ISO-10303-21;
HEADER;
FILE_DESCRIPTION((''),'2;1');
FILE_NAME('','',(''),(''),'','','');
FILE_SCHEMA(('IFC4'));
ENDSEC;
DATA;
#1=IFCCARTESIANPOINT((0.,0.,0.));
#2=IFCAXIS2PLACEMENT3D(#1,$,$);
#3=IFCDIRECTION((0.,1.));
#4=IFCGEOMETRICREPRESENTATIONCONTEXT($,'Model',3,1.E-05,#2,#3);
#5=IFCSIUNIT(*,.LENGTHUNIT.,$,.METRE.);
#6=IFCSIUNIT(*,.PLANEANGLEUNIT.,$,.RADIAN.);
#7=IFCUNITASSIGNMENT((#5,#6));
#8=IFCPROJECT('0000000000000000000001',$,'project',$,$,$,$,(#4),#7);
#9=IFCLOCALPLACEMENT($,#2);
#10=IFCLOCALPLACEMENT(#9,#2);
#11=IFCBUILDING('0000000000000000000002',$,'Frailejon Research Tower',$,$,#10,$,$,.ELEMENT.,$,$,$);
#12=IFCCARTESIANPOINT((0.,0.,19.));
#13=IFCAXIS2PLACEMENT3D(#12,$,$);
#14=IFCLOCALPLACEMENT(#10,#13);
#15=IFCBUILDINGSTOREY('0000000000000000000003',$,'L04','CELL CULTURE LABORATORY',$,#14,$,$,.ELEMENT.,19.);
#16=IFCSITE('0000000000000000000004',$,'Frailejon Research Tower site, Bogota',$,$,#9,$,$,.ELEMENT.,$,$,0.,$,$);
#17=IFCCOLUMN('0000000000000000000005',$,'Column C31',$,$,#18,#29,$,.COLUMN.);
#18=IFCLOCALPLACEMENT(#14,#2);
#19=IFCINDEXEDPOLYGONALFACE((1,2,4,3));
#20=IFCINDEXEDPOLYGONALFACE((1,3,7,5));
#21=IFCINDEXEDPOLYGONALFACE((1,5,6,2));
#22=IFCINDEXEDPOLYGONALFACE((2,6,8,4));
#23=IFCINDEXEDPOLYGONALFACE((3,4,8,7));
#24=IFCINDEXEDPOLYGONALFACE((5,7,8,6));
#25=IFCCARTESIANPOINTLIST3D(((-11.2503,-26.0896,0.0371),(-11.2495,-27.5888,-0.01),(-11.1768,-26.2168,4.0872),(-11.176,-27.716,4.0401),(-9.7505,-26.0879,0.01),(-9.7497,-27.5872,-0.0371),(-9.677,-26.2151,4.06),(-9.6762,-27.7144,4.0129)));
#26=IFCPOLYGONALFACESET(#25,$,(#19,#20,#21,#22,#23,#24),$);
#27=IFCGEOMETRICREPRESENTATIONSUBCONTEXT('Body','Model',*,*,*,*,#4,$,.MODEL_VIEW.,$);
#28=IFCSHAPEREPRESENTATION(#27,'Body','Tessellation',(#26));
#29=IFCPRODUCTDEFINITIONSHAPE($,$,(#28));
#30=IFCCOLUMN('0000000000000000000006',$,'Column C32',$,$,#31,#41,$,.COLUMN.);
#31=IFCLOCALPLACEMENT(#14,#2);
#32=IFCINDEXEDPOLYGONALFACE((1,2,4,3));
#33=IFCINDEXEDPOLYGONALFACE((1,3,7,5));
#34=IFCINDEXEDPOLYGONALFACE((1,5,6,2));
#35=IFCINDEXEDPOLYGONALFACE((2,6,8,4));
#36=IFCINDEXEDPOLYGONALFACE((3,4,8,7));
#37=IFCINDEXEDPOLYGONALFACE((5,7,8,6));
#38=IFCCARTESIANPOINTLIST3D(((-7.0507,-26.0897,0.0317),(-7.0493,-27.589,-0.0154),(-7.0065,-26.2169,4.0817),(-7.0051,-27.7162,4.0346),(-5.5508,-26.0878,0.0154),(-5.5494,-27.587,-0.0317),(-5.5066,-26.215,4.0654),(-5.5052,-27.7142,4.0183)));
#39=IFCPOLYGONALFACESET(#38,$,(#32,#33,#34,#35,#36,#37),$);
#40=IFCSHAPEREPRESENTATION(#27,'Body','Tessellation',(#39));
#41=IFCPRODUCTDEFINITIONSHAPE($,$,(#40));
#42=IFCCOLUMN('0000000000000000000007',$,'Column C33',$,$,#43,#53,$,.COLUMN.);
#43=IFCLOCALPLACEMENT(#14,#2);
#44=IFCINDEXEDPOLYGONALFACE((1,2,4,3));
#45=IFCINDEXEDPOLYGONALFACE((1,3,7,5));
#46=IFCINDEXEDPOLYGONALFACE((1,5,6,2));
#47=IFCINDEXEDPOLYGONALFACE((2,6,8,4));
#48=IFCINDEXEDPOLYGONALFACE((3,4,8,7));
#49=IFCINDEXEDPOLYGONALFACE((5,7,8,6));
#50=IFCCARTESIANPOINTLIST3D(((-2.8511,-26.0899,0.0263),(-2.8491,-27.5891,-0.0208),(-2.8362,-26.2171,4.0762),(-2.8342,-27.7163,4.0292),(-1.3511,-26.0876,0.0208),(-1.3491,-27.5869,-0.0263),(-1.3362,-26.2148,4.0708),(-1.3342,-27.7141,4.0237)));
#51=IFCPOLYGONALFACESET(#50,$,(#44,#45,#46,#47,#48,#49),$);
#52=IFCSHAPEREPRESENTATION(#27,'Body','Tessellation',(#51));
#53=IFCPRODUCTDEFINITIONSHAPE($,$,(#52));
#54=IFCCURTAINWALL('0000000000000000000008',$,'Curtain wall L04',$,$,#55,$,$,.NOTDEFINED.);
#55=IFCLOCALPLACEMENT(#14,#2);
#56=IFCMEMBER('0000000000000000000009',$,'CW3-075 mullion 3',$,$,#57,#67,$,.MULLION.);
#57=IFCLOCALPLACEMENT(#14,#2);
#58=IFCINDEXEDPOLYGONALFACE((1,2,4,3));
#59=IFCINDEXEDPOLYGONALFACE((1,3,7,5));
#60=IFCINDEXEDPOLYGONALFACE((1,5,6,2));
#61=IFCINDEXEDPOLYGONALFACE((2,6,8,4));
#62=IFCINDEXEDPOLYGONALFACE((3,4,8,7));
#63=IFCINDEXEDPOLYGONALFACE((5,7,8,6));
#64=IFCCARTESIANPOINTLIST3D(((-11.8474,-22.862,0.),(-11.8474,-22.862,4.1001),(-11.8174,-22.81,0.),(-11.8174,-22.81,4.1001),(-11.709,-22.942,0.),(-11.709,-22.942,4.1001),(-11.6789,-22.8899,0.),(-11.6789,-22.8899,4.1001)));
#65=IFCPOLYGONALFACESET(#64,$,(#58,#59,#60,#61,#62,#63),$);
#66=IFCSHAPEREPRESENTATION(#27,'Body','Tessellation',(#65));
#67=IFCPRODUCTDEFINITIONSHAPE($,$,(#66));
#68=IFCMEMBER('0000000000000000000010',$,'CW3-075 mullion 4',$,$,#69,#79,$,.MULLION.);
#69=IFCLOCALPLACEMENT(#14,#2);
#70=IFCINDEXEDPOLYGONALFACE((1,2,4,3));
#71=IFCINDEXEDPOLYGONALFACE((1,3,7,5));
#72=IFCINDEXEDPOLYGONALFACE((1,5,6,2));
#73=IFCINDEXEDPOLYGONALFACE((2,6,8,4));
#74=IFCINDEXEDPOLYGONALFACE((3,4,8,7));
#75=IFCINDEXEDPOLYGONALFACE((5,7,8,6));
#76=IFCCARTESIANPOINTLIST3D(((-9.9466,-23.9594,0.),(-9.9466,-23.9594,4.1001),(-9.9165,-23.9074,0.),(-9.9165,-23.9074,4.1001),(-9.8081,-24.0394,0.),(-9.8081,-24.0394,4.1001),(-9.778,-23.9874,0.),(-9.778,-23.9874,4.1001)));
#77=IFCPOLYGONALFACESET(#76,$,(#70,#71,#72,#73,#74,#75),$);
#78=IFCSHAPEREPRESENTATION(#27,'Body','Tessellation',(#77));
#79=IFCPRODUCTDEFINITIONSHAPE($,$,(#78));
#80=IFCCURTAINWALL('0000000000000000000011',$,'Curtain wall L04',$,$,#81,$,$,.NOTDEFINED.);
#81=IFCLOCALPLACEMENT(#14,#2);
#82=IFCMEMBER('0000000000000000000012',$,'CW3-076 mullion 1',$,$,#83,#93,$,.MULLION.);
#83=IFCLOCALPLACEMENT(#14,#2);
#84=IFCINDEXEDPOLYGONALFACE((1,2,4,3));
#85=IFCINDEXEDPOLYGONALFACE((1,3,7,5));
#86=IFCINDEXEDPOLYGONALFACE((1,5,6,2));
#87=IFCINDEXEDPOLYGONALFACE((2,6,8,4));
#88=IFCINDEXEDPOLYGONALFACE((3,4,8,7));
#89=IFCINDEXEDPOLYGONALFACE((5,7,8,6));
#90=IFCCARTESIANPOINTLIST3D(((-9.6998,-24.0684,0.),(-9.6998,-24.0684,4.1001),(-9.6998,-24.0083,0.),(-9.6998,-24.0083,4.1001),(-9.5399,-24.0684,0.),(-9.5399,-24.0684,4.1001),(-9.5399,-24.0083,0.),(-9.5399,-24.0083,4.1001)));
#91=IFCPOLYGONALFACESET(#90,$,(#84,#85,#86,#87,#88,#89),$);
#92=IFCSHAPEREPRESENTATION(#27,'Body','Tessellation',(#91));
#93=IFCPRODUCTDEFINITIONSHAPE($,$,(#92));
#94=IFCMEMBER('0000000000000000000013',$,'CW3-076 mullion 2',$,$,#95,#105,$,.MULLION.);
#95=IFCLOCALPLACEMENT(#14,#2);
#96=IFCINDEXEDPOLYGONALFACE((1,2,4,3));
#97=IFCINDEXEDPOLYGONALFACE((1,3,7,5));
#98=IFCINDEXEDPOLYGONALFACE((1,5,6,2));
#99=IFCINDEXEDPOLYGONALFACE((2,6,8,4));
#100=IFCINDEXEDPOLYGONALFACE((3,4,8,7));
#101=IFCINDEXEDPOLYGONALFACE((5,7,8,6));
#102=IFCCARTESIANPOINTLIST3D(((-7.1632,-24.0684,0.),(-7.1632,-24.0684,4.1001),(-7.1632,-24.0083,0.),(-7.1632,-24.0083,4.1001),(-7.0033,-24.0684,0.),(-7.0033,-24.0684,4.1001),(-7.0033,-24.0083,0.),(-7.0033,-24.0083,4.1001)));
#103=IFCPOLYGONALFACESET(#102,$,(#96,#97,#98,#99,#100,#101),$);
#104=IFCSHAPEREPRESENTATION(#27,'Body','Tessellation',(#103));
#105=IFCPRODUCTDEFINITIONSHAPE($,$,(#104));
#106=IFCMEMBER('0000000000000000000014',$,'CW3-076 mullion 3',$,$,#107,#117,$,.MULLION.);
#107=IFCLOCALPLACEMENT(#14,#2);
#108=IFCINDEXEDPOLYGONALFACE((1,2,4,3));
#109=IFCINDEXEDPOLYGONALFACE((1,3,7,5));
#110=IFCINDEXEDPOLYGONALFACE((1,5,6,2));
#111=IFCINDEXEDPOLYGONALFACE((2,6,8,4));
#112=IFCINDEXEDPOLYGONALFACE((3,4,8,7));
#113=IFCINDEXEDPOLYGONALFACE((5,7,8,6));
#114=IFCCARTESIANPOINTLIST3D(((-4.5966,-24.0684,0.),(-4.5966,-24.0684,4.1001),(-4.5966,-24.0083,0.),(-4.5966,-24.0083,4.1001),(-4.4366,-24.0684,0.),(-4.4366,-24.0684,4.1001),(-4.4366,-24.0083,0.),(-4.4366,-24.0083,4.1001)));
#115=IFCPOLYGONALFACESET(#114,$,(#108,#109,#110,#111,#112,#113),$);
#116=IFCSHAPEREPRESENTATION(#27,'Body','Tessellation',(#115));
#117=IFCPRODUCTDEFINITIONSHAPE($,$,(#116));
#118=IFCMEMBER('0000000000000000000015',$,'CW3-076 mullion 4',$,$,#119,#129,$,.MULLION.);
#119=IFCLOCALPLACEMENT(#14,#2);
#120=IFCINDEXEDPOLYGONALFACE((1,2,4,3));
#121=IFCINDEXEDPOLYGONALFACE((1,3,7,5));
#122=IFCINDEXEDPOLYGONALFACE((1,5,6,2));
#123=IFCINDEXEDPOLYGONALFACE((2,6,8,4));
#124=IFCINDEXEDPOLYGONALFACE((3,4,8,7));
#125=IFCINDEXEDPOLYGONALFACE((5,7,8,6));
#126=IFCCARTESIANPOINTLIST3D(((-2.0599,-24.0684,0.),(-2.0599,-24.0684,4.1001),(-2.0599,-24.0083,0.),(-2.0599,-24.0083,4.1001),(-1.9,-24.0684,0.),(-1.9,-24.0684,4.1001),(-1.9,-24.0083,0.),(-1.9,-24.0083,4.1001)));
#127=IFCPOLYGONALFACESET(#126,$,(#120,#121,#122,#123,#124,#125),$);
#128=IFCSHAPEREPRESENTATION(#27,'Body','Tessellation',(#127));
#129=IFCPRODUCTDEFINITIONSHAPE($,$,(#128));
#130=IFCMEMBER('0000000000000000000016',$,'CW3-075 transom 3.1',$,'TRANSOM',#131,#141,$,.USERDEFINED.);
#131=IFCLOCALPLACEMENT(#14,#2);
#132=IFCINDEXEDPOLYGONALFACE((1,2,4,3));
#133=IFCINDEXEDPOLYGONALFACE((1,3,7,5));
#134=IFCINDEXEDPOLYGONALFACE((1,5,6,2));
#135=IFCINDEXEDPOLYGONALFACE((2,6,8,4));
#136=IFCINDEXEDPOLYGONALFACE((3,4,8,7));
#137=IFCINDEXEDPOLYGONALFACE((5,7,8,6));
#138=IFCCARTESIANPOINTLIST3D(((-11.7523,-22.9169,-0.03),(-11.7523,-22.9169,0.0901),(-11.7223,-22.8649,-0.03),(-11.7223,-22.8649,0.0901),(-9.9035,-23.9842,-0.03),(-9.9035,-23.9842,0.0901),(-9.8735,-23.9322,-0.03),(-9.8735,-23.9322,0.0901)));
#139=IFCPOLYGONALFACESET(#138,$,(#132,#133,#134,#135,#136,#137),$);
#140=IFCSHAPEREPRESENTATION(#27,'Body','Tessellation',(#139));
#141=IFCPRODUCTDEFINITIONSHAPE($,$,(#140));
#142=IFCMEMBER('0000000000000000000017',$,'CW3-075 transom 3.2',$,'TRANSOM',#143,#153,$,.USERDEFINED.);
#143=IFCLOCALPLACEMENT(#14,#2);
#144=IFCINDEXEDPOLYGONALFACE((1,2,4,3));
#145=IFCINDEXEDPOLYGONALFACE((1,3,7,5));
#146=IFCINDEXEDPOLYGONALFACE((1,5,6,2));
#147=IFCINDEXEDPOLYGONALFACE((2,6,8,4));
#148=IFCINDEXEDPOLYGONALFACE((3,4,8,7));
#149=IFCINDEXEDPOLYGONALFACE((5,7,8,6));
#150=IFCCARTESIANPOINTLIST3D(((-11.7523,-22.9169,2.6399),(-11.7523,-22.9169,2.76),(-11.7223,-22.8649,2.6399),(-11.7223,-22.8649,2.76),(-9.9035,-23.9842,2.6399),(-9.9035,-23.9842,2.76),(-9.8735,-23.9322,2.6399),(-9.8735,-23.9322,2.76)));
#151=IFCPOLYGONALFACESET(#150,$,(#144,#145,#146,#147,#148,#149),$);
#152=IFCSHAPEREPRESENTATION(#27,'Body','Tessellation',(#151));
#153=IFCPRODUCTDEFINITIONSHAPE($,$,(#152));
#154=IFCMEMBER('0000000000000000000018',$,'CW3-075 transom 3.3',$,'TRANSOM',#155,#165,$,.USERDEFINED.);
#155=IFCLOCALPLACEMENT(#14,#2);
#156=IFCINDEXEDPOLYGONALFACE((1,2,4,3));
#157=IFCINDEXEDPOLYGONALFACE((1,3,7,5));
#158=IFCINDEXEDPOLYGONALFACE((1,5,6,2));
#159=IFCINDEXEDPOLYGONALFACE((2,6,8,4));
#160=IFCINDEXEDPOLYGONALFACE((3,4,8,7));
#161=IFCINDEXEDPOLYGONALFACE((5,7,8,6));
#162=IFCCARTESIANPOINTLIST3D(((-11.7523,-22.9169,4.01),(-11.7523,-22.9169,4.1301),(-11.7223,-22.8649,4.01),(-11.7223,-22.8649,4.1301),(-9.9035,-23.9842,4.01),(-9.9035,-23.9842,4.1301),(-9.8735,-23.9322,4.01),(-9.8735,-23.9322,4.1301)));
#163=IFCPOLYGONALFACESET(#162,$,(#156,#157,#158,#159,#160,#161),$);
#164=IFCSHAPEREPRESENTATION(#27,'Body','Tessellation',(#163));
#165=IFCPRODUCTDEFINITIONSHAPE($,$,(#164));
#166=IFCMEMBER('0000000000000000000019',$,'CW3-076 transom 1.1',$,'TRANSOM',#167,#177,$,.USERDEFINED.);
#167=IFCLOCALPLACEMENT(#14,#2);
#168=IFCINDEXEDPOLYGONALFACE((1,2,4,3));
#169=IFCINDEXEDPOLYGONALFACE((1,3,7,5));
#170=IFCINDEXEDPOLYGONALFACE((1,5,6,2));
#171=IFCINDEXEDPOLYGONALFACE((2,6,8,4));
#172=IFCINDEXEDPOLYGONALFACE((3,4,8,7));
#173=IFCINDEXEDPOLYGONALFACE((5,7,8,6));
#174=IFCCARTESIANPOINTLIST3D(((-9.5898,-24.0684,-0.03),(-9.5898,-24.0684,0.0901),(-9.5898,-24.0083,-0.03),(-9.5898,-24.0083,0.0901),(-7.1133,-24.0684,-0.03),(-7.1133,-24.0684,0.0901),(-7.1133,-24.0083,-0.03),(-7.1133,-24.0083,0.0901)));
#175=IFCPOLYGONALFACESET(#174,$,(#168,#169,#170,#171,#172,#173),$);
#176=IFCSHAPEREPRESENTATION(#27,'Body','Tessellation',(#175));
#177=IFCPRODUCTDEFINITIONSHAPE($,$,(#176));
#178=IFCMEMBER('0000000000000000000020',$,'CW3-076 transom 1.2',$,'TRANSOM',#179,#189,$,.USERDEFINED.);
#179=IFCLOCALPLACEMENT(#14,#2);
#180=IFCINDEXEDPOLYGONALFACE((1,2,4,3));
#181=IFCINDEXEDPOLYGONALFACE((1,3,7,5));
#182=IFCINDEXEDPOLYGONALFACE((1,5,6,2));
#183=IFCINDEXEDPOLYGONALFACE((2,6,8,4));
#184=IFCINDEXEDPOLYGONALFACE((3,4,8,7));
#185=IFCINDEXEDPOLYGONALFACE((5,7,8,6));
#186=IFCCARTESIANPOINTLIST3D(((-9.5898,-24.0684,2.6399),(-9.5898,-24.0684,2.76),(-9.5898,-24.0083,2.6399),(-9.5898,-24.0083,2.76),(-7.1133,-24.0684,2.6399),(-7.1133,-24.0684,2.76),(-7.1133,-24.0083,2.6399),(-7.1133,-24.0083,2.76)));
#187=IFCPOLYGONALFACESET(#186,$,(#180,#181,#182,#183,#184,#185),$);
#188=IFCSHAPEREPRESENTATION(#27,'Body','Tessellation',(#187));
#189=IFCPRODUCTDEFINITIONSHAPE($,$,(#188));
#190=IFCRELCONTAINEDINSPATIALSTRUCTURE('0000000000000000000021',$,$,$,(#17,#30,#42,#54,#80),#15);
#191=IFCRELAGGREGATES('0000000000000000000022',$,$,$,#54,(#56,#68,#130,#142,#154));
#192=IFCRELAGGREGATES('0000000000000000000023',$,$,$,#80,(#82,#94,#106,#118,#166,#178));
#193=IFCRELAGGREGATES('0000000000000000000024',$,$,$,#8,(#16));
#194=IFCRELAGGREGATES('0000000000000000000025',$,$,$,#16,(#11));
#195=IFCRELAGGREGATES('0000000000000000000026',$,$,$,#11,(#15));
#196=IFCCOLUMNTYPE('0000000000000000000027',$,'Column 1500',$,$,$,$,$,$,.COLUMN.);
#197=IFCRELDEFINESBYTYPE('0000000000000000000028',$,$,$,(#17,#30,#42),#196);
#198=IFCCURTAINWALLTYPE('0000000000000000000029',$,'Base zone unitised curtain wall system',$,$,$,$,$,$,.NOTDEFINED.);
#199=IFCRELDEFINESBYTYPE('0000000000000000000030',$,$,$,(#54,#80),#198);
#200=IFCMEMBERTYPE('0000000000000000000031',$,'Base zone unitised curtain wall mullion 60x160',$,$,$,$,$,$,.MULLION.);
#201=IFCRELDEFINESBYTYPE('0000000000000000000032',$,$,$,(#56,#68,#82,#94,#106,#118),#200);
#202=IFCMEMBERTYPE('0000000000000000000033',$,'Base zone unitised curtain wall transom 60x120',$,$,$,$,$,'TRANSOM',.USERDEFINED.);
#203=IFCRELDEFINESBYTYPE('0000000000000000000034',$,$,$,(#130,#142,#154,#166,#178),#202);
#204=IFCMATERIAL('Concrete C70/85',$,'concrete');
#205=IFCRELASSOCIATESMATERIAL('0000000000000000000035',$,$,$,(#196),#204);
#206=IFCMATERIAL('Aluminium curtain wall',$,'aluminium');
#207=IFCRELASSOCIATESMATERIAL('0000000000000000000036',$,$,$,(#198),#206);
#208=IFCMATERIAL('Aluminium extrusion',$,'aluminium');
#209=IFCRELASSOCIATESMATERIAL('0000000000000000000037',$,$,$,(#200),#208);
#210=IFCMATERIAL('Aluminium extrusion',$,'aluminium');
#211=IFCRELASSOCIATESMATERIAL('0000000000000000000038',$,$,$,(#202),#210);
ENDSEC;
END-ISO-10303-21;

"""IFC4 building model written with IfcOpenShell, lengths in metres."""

from ifc_helpers import new_model, si_unit, direction, frame, origin, origin_2d, place, context, subcontext, project, spatial, rectangle, extrude, material, material_profile, profile_set, type_object, element, aggregate, save


model = new_model("IFC4")

# Units and contexts
model_context = context("Model", 3, precision=1e-05, world=origin(), true_north=direction((0.0, 1.0)))
body_context = subcontext(model_context, "Body", "Model", "MODEL_VIEW")
ifc_project = project(units=[si_unit("LENGTHUNIT", "METRE"), si_unit("PLANEANGLEUNIT", "RADIAN")], contexts=[model_context])

# Site, building, storey
site_placement = place(None, origin())
site = spatial("IfcSite", under=ifc_project, at=site_placement, Name="Frailejon Research Tower site, Bogota", CompositionType="ELEMENT", RefElevation=0.0)
building_placement = place(site_placement, origin())
building = spatial("IfcBuilding", under=site, at=building_placement, Name="Frailejon Research Tower", CompositionType="ELEMENT")
storey_placement = place(building_placement, frame((0.0, 0.0, 19.0)))
storey = spatial("IfcBuildingStorey", under=building, at=storey_placement, Name="L04", Description="CELL CULTURE LABORATORY", CompositionType="ELEMENT", Elevation=19.0)

# Columns
ifc_material_1 = material(Name="Concrete C70/85", Category="concrete")
ifc_material_profile_1 = material_profile(ifc_material_1, rectangle(XDim=1.5, YDim=1.5, at=origin_2d()), Name="Column 1500")
ifc_profile_set_1 = profile_set([ifc_material_profile_1], Name="Concrete C70/85")
column_type = type_object("IfcColumnType", Name="Column 1500", PredefinedType="COLUMN", material=ifc_profile_set_1)
column_1_placement = place(storey_placement, frame((-10.5, -26.8384, 0.0), z_axis=(0.018133, -0.031386, 0.999343), x_axis=(0.999835, 0.001116, -0.018107)))
element("IfcColumn", 1, at=column_1_placement, inside=storey, type_object=column_type, Name="Column C31", PredefinedType="COLUMN", context=body_context, shape_type="SweptSolid", body=[
    extrude(rectangle(XDim=1.5, YDim=1.5, at=origin_2d()), origin(), (0.0, 0.0, 1.0), 4.0527),
])
column_2_placement = place(storey_placement, frame((-6.3, -26.8384, 0.0), z_axis=(0.010905, -0.031389, 0.999448), x_axis=(0.99994, 0.001287, -0.01087)))
element("IfcColumn", 2, at=column_2_placement, inside=storey, type_object=column_type, Name="Column C32", PredefinedType="COLUMN", context=body_context, shape_type="SweptSolid", body=[
    extrude(rectangle(XDim=1.5, YDim=1.5, at=origin_2d()), origin(), (0.0, 0.0, 1.0), 4.0522),
])
column_3_placement = place(storey_placement, frame((-2.1001, -26.8384, 0.0), z_axis=(0.003675, -0.031391, 0.9995), x_axis=(0.999992, 0.001487, -0.00363)))
element("IfcColumn", 3, at=column_3_placement, inside=storey, type_object=column_type, Name="Column C33", PredefinedType="COLUMN", context=body_context, shape_type="SweptSolid", body=[
    extrude(rectangle(XDim=1.5, YDim=1.5, at=origin_2d()), origin(), (0.0, 0.0, 1.0), 4.052),
])

# Curtain walls, members
ifc_material_2 = material(Name="Aluminium curtain wall", Category="aluminium")
curtain_wall_type = type_object("IfcCurtainWallType", Name="Base zone unitised curtain wall system", PredefinedType="NOTDEFINED", material=ifc_material_2)
curtain_wall_1_placement = place(storey_placement, origin())
curtain_wall_1 = element("IfcCurtainWall", 4, at=curtain_wall_1_placement, inside=storey, type_object=curtain_wall_type, Name="Curtain wall L04", PredefinedType="NOTDEFINED")
ifc_material_3 = material(Name="Aluminium extrusion", Category="aluminium")
ifc_material_profile_2 = material_profile(ifc_material_3, rectangle(XDim=0.0601, YDim=0.1599, at=origin_2d()), Name="Base zone unitised curtain wall mullion 60x160")
ifc_profile_set_2 = profile_set([ifc_material_profile_2], Name="Aluminium extrusion")
member_type_1 = type_object("IfcMemberType", Name="Base zone unitised curtain wall mullion 60x160", PredefinedType="MULLION", material=ifc_profile_set_2)
member_1_placement = place(storey_placement, frame((-11.7632, -22.876, 0.0), z_axis=(0.0, 0.0, 1.0), x_axis=(0.499998, 0.866026, 0.0)))
member_1 = element("IfcMember", 5, at=member_1_placement, type_object=member_type_1, Name="CW3-075 mullion 3", PredefinedType="MULLION", context=body_context, shape_type="SweptSolid", body=[
    extrude(rectangle(XDim=0.0601, YDim=0.1599, at=origin_2d()), origin(), (0.0, 0.0, 1.0), 4.1001),
])
member_2_placement = place(storey_placement, frame((-9.8623, -23.9734, 0.0), z_axis=(0.0, 0.0, 1.0), x_axis=(0.499998, 0.866026, 0.0)))
member_2 = element("IfcMember", 6, at=member_2_placement, type_object=member_type_1, Name="CW3-075 mullion 4", PredefinedType="MULLION", context=body_context, shape_type="SweptSolid", body=[
    extrude(rectangle(XDim=0.0601, YDim=0.1599, at=origin_2d()), origin(), (0.0, 0.0, 1.0), 4.1001),
])
curtain_wall_2_placement = place(storey_placement, origin())
curtain_wall_2 = element("IfcCurtainWall", 7, at=curtain_wall_2_placement, inside=storey, type_object=curtain_wall_type, Name="Curtain wall L04", PredefinedType="NOTDEFINED")
member_3_placement = place(storey_placement, frame((-9.6199, -24.0383, 0.0), z_axis=(0.0, 0.0, 1.0), x_axis=(0.0, 1.0, 0.0)))
member_3 = element("IfcMember", 8, at=member_3_placement, type_object=member_type_1, Name="CW3-076 mullion 1", PredefinedType="MULLION", context=body_context, shape_type="SweptSolid", body=[
    extrude(rectangle(XDim=0.0601, YDim=0.1599, at=origin_2d()), origin(), (0.0, 0.0, 1.0), 4.1001),
])
member_4_placement = place(storey_placement, frame((-7.0833, -24.0383, 0.0), z_axis=(0.0, 0.0, 1.0), x_axis=(0.0, 1.0, 0.0)))
member_4 = element("IfcMember", 9, at=member_4_placement, type_object=member_type_1, Name="CW3-076 mullion 2", PredefinedType="MULLION", context=body_context, shape_type="SweptSolid", body=[
    extrude(rectangle(XDim=0.0601, YDim=0.1599, at=origin_2d()), origin(), (0.0, 0.0, 1.0), 4.1001),
])
member_5_placement = place(storey_placement, frame((-4.5166, -24.0383, 0.0), z_axis=(0.0, 0.0, 1.0), x_axis=(0.0, 1.0, 0.0)))
member_5 = element("IfcMember", 10, at=member_5_placement, type_object=member_type_1, Name="CW3-076 mullion 3", PredefinedType="MULLION", context=body_context, shape_type="SweptSolid", body=[
    extrude(rectangle(XDim=0.0601, YDim=0.1599, at=origin_2d()), origin(), (0.0, 0.0, 1.0), 4.1001),
])
member_6_placement = place(storey_placement, frame((-1.98, -24.0383, 0.0), z_axis=(0.0, 0.0, 1.0), x_axis=(0.0, 1.0, 0.0)))
member_6 = element("IfcMember", 11, at=member_6_placement, type_object=member_type_1, Name="CW3-076 mullion 4", PredefinedType="MULLION", context=body_context, shape_type="SweptSolid", body=[
    extrude(rectangle(XDim=0.0601, YDim=0.1599, at=origin_2d()), origin(), (0.0, 0.0, 1.0), 4.1001),
])

# Members
ifc_material_4 = material(Name="Aluminium extrusion", Category="aluminium")
ifc_material_profile_3 = material_profile(ifc_material_4, rectangle(XDim=0.0601, YDim=0.1201, at=origin_2d()), Name="Base zone unitised curtain wall transom 60x120")
ifc_profile_set_3 = profile_set([ifc_material_profile_3], Name="Aluminium extrusion")
member_type_2 = type_object("IfcMemberType", Name="Base zone unitised curtain wall transom 60x120", ElementType="TRANSOM", PredefinedType="USERDEFINED", material=ifc_profile_set_3)
member_7_placement = place(storey_placement, frame((-11.7373, -22.8909, 0.03), z_axis=(0.866039, -0.499977, 0.0), x_axis=(0.499977, 0.866039, 0.0)))
member_7 = element("IfcMember", 12, at=member_7_placement, type_object=member_type_2, Name="CW3-075 transom 3.1", ObjectType="TRANSOM", PredefinedType="USERDEFINED", context=body_context, shape_type="SweptSolid", body=[
    extrude(rectangle(XDim=0.0601, YDim=0.1201, at=origin_2d()), origin(), (0.0, 0.0, 1.0), 2.1348),
])
member_8_placement = place(storey_placement, frame((-11.7373, -22.8909, 2.7), z_axis=(0.866039, -0.499977, 0.0), x_axis=(0.499977, 0.866039, 0.0)))
member_8 = element("IfcMember", 13, at=member_8_placement, type_object=member_type_2, Name="CW3-075 transom 3.2", ObjectType="TRANSOM", PredefinedType="USERDEFINED", context=body_context, shape_type="SweptSolid", body=[
    extrude(rectangle(XDim=0.0601, YDim=0.1201, at=origin_2d()), origin(), (0.0, 0.0, 1.0), 2.1348),
])
member_9_placement = place(storey_placement, frame((-11.7373, -22.8909, 4.0701), z_axis=(0.866039, -0.499977, 0.0), x_axis=(0.499977, 0.866039, 0.0)))
member_9 = element("IfcMember", 14, at=member_9_placement, type_object=member_type_2, Name="CW3-075 transom 3.3", ObjectType="TRANSOM", PredefinedType="USERDEFINED", context=body_context, shape_type="SweptSolid", body=[
    extrude(rectangle(XDim=0.0601, YDim=0.1201, at=origin_2d()), origin(), (0.0, 0.0, 1.0), 2.1348),
])
member_10_placement = place(storey_placement, frame((-9.5898, -24.0383, 0.03), z_axis=(1.0, 0.0, 0.0), x_axis=(0.0, 1.0, 0.0)))
member_10 = element("IfcMember", 15, at=member_10_placement, type_object=member_type_2, Name="CW3-076 transom 1.1", ObjectType="TRANSOM", PredefinedType="USERDEFINED", context=body_context, shape_type="SweptSolid", body=[
    extrude(rectangle(XDim=0.0601, YDim=0.1201, at=origin_2d()), origin(), (0.0, 0.0, 1.0), 2.4766),
])
member_11_placement = place(storey_placement, frame((-9.5898, -24.0383, 2.7), z_axis=(1.0, 0.0, 0.0), x_axis=(0.0, 1.0, 0.0)))
member_11 = element("IfcMember", 16, at=member_11_placement, type_object=member_type_2, Name="CW3-076 transom 1.2", ObjectType="TRANSOM", PredefinedType="USERDEFINED", context=body_context, shape_type="SweptSolid", body=[
    extrude(rectangle(XDim=0.0601, YDim=0.1201, at=origin_2d()), origin(), (0.0, 0.0, 1.0), 2.4766),
])

aggregate(curtain_wall_1, [member_1, member_2, member_7, member_8, member_9])
aggregate(curtain_wall_2, [member_3, member_4, member_5, member_6, member_10, member_11])

save(model, "model.ifc")
